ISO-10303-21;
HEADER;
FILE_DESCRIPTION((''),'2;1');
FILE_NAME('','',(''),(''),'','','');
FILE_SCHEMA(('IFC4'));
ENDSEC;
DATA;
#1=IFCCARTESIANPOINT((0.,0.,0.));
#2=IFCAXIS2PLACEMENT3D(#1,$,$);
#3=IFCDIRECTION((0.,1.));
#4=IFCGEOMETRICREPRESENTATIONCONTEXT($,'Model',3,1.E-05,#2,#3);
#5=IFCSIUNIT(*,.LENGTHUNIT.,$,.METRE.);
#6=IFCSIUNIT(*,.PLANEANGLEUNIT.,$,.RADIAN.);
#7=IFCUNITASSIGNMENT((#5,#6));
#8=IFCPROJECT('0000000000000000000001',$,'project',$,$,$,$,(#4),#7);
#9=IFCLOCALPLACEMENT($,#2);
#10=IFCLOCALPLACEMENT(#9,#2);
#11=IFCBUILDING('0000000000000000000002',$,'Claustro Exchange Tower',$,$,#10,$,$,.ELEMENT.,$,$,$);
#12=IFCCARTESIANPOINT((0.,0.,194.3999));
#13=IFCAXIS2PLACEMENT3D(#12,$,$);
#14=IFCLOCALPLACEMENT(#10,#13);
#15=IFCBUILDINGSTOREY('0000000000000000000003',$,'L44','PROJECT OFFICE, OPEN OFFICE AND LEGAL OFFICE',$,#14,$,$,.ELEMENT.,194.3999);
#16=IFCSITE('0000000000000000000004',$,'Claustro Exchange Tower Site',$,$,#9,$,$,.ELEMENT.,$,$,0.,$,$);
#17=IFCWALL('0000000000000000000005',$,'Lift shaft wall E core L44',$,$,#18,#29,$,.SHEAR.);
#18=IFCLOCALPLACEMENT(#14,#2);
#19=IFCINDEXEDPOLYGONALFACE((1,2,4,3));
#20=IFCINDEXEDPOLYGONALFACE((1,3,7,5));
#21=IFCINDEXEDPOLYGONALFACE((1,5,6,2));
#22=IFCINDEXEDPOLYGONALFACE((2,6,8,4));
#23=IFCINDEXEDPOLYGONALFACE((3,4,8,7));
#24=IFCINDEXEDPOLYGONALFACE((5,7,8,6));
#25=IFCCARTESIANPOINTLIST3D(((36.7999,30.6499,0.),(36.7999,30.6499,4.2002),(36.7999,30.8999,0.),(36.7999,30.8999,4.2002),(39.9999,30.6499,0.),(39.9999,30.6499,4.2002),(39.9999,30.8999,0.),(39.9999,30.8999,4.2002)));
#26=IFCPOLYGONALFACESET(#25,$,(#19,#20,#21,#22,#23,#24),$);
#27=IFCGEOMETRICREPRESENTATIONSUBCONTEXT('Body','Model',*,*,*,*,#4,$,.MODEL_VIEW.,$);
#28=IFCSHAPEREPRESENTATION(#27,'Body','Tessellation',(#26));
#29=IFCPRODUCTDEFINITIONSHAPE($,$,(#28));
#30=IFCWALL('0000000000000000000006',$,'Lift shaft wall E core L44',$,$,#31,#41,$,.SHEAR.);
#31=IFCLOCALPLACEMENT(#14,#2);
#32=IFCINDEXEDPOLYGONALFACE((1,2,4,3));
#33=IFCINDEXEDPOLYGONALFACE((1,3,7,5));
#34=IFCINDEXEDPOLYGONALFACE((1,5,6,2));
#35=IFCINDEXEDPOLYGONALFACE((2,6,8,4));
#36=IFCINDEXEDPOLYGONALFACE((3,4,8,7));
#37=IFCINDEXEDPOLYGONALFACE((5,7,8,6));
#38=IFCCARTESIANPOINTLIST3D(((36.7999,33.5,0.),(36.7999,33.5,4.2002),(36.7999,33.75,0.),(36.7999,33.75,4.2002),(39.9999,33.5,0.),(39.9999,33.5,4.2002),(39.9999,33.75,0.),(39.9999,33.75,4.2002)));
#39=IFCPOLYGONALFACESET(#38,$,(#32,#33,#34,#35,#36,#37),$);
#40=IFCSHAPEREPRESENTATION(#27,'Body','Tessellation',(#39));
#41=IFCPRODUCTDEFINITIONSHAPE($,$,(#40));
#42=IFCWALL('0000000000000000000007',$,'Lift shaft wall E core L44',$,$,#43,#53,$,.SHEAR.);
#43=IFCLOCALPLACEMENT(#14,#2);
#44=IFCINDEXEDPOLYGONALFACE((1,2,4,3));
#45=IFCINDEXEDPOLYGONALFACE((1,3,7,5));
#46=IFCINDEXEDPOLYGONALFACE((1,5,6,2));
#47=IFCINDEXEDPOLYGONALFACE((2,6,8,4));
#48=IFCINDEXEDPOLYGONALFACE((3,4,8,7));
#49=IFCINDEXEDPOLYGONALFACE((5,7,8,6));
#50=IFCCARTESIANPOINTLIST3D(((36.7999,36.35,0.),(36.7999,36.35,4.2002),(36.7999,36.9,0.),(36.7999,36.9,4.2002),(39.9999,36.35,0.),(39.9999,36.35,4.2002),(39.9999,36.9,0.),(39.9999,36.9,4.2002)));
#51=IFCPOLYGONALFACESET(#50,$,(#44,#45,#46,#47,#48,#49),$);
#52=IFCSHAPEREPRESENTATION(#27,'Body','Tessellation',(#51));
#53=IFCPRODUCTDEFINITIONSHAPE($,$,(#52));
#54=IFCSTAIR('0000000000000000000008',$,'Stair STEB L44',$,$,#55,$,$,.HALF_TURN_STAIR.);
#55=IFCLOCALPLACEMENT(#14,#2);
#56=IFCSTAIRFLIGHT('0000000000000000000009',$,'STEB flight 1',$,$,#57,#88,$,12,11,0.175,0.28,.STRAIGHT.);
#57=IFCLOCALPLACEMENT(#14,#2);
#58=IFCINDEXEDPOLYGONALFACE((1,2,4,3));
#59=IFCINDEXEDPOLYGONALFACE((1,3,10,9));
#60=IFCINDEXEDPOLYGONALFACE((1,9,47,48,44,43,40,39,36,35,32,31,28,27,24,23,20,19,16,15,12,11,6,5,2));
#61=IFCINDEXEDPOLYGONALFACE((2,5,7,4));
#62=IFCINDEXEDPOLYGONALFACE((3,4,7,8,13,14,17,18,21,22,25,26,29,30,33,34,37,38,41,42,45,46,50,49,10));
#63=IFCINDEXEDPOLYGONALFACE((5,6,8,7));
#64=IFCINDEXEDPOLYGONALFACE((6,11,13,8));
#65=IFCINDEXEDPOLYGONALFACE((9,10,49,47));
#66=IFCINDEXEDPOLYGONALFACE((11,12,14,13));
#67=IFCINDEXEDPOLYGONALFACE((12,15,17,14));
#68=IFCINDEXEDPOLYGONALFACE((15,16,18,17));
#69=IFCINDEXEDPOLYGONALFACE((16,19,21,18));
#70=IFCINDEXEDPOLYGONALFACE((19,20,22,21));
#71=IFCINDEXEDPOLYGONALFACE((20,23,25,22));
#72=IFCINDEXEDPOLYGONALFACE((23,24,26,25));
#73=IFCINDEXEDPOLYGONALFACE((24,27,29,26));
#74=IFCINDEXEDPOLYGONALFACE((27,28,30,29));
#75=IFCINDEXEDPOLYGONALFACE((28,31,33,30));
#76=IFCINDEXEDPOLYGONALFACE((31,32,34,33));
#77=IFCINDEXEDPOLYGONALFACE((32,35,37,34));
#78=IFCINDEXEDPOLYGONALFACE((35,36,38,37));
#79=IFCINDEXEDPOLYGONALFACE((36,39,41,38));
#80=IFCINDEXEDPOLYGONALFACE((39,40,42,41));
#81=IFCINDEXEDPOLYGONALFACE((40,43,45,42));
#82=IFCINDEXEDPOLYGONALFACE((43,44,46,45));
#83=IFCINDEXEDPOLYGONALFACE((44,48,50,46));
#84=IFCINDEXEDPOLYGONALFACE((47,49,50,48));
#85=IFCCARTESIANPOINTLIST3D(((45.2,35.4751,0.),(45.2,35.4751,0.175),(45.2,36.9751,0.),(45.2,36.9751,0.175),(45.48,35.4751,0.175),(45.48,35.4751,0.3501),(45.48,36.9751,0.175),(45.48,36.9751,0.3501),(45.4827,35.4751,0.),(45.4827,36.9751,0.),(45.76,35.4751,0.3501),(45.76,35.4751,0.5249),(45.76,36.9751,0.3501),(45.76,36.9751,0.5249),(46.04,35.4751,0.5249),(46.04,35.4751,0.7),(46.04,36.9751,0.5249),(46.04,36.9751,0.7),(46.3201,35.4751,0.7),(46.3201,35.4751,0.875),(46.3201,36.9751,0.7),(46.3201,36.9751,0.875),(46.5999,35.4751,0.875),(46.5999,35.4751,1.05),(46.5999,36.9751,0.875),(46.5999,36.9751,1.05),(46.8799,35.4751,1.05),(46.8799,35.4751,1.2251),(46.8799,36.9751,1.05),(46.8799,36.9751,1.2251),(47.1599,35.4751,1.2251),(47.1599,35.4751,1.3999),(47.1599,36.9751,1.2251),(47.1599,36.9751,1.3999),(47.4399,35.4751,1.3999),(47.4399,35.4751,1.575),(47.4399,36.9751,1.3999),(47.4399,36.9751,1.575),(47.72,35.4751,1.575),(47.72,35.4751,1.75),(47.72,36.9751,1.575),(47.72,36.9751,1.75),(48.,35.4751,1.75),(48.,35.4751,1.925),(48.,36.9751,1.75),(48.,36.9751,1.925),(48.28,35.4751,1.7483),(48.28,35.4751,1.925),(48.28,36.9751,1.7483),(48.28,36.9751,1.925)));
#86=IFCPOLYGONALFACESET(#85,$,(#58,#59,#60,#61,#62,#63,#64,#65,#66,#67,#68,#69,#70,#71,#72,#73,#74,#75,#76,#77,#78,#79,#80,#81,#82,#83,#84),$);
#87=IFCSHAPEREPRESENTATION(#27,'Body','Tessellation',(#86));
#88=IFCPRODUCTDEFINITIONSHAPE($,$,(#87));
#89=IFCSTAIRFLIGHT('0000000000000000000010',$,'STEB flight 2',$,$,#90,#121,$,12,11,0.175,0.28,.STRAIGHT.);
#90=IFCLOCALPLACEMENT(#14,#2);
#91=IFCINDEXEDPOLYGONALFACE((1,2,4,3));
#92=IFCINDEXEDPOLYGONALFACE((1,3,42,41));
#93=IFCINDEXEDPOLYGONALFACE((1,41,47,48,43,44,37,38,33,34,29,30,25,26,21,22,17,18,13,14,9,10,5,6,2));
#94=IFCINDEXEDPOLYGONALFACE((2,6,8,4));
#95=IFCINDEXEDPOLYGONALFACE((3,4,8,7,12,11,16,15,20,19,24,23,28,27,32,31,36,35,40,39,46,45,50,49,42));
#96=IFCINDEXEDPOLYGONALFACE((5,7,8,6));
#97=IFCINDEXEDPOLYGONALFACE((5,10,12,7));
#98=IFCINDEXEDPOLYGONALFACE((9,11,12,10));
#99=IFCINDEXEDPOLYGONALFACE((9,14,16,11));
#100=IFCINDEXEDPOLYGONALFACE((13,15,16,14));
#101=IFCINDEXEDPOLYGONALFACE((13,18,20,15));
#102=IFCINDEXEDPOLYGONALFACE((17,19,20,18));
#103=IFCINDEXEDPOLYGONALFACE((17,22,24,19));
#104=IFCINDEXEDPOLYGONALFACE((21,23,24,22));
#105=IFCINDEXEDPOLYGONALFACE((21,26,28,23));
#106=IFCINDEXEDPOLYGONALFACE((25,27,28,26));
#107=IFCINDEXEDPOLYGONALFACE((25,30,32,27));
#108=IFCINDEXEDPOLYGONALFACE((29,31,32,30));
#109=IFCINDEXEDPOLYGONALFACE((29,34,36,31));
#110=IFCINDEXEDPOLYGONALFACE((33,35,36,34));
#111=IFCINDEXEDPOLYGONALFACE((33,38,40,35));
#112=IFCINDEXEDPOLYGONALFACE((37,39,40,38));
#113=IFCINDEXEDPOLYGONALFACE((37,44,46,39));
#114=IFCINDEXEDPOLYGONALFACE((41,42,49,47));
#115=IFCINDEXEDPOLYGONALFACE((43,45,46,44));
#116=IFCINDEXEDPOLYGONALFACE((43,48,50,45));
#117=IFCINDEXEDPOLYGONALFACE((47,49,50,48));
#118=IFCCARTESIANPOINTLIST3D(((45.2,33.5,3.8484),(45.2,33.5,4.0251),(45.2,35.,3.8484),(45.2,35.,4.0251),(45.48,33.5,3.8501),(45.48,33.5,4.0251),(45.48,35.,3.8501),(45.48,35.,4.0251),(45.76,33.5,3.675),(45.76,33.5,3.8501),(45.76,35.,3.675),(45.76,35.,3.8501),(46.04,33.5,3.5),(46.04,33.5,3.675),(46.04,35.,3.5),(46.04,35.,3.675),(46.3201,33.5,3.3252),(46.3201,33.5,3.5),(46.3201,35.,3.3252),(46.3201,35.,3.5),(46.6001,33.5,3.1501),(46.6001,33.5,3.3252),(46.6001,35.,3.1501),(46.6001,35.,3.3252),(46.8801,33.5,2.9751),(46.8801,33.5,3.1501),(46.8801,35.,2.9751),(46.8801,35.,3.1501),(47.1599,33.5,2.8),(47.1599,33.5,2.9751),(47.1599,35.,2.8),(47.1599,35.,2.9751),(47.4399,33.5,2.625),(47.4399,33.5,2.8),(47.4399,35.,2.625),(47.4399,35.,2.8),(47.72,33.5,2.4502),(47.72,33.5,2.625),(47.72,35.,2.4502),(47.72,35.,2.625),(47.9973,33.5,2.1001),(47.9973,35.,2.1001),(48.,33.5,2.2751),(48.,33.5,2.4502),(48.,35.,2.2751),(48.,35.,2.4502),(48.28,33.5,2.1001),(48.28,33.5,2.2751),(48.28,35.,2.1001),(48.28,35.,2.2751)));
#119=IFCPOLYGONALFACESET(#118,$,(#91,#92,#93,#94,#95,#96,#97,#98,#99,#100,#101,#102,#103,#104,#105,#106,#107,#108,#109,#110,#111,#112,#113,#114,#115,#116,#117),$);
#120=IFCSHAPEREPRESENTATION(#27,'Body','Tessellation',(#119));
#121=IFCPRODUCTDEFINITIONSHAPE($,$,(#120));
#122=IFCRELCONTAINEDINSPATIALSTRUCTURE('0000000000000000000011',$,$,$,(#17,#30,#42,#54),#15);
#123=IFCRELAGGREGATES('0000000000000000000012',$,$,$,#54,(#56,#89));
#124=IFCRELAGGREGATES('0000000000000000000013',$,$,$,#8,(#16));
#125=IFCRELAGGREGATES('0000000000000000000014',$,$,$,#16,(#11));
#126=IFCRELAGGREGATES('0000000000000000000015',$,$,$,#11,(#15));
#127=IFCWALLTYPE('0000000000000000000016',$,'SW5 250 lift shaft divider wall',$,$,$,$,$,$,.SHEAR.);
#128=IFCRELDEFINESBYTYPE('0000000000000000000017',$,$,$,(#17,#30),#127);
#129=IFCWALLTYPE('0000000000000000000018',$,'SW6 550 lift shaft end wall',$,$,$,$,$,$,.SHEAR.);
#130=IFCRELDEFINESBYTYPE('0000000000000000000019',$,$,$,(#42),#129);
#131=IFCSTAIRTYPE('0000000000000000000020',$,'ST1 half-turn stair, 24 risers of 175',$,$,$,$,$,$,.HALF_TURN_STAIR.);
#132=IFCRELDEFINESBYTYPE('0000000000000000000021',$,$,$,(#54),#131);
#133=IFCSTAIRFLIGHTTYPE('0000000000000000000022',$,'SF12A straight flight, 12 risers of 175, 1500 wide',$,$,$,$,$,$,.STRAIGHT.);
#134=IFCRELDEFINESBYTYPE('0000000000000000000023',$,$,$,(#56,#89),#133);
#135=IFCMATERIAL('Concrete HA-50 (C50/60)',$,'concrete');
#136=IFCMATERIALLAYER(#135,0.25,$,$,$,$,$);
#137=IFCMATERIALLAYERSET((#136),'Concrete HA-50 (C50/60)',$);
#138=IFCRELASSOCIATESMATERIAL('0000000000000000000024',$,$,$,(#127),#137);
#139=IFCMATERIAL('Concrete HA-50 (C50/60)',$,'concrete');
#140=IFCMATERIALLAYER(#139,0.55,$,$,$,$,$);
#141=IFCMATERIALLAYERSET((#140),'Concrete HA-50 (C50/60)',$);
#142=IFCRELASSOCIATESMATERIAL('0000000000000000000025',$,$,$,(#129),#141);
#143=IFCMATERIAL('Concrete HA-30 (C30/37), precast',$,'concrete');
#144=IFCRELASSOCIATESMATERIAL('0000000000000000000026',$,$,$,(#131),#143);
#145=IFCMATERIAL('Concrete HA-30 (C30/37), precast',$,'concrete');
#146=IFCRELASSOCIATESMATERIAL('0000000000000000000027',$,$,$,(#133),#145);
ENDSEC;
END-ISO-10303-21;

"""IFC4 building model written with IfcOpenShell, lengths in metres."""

from ifc_helpers import new_model, si_unit, direction, frame, frame_2d, origin, place, context, subcontext, project, spatial, polyline, rectangle, outline, extrude, material, layer, layer_set, type_object, element, aggregate, save


model = new_model("IFC4")

# Units and contexts
model_context = context("Model", 3, precision=1e-05, world=origin(), true_north=direction((0.0, 1.0)))
body_context = subcontext(model_context, "Body", "Model", "MODEL_VIEW")
ifc_project = project(units=[si_unit("LENGTHUNIT", "METRE"), si_unit("PLANEANGLEUNIT", "RADIAN")], contexts=[model_context])

# Site, building, storey
site_placement = place(None, origin())
site = spatial("IfcSite", under=ifc_project, at=site_placement, Name="Claustro Exchange Tower Site", CompositionType="ELEMENT", RefElevation=0.0)
building_placement = place(site_placement, origin())
building = spatial("IfcBuilding", under=site, at=building_placement, Name="Claustro Exchange Tower", CompositionType="ELEMENT")
storey_placement = place(building_placement, frame((0.0, 0.0, 194.3999)))
storey = spatial("IfcBuildingStorey", under=building, at=storey_placement, Name="L44", Description="PROJECT OFFICE, OPEN OFFICE AND LEGAL OFFICE", CompositionType="ELEMENT", Elevation=194.3999)

# Walls
ifc_material_1 = material(Name="Concrete HA-50 (C50/60)", Category="concrete")
ifc_layer_1 = layer(ifc_material_1, 0.25)
ifc_layer_set_1 = layer_set([ifc_layer_1], Name="Concrete HA-50 (C50/60)")
wall_type_1 = type_object("IfcWallType", Name="SW5 250 lift shaft divider wall", PredefinedType="SHEAR", material=ifc_layer_set_1)
for number, where, z_axis, x_axis, name in (
    (1, (40.0, 30.7749, 0.0), (0.0, 0.0, 1.0), (-1.0, 0.0, 0.0), "Lift shaft wall E core L44"),
    (2, (40.0, 33.625, 0.0), (0.0, 0.0, 1.0), (-1.0, 0.0, 0.0), "Lift shaft wall E core L44"),
):
    element("IfcWall", number, at=place(storey_placement, frame(where, z_axis=z_axis, x_axis=x_axis)), inside=storey, type_object=wall_type_1, Name=name, PredefinedType="SHEAR", context=body_context, shape_type="SweptSolid", body=[
        extrude(rectangle(XDim=3.2, YDim=0.25, at=frame_2d((1.6001, 0.0))), origin(), (0.0, 0.0, 1.0), 4.2002),
    ])
ifc_material_2 = material(Name="Concrete HA-50 (C50/60)", Category="concrete")
ifc_layer_2 = layer(ifc_material_2, 0.55)
ifc_layer_set_2 = layer_set([ifc_layer_2], Name="Concrete HA-50 (C50/60)")
wall_type_2 = type_object("IfcWallType", Name="SW6 550 lift shaft end wall", PredefinedType="SHEAR", material=ifc_layer_set_2)
wall_1_placement = place(storey_placement, frame((40.0, 36.625, 0.0), z_axis=(0.0, 0.0, 1.0), x_axis=(-1.0, 0.0, 0.0)))
element("IfcWall", 3, at=wall_1_placement, inside=storey, type_object=wall_type_2, Name="Lift shaft wall E core L44", PredefinedType="SHEAR", context=body_context, shape_type="SweptSolid", body=[
    extrude(rectangle(XDim=3.2, YDim=0.55, at=frame_2d((1.6001, 0.0))), origin(), (0.0, 0.0, 1.0), 4.2002),
])

# Stair, stair flights
ifc_material_3 = material(Name="Concrete HA-30 (C30/37), precast", Category="concrete")
stair_type = type_object("IfcStairType", Name="ST1 half-turn stair, 24 risers of 175", PredefinedType="HALF_TURN_STAIR", material=ifc_material_3)
stair_placement = place(storey_placement, origin())
stair = element("IfcStair", 4, at=stair_placement, inside=storey, type_object=stair_type, Name="Stair STEB L44", PredefinedType="HALF_TURN_STAIR")
ifc_material_4 = material(Name="Concrete HA-30 (C30/37), precast", Category="concrete")
stair_flight_type = type_object("IfcStairFlightType", Name="SF12A straight flight, 12 risers of 175, 1500 wide", PredefinedType="STRAIGHT", material=ifc_material_4)
stair_flight_1_placement = place(storey_placement, frame((45.2, 36.2251, 0.0), z_axis=(0.0, 0.0, 1.0), x_axis=(1.0, 0.0, 0.0)))
stair_flight_1 = element("IfcStairFlight", 5, at=stair_flight_1_placement, type_object=stair_flight_type, Name="STEB flight 1", NumberOfRisers=12, NumberOfTreads=11, PredefinedType="STRAIGHT", RiserHeight=0.175, TreadLength=0.28, context=body_context, shape_type="SweptSolid", body=[
    extrude(outline(polyline([(0.0, 0.0), (0.0, 0.175), (0.28, 0.175), (0.28, 0.3501), (0.5601, 0.3501), (0.5601, 0.5249), (0.8401, 0.5249), (0.8401, 0.7), (1.1201, 0.7), (1.1201, 0.875), (1.3999, 0.875), (1.3999, 1.05), (1.6799, 1.05), (1.6799, 1.2251), (1.96, 1.2251), (1.96, 1.3999), (2.24, 1.3999), (2.24, 1.575), (2.52, 1.575), (2.52, 1.75), (2.8, 1.75), (2.8, 1.925), (3.0801, 1.925), (3.0801, 2.1001), (3.0801, 1.7483), (0.2827, 0.0), (0.0, 0.0)])), frame((0.0, 0.75, 0.0), z_axis=(0.0, -1.0, 0.0), x_axis=(1.0, 0.0, 0.0)), (0.0, 0.0, 1.0), 1.5),
])
stair_flight_2_placement = place(storey_placement, frame((48.28, 34.25, 2.1001), z_axis=(0.0, 0.0, 1.0), x_axis=(-1.0, 0.0, 0.0)))
stair_flight_2 = element("IfcStairFlight", 6, at=stair_flight_2_placement, type_object=stair_flight_type, Name="STEB flight 2", NumberOfRisers=12, NumberOfTreads=11, PredefinedType="STRAIGHT", RiserHeight=0.175, TreadLength=0.28, context=body_context, shape_type="SweptSolid", body=[
    extrude(outline(polyline([(0.0, 0.0), (0.0, 0.175), (0.28, 0.175), (0.28, 0.3501), (0.5601, 0.3501), (0.5601, 0.5249), (0.8401, 0.5249), (0.8401, 0.7), (1.1201, 0.7), (1.1201, 0.875), (1.3999, 0.875), (1.3999, 1.05), (1.6799, 1.05), (1.6799, 1.2251), (1.96, 1.2251), (1.96, 1.3999), (2.24, 1.3999), (2.24, 1.575), (2.52, 1.575), (2.52, 1.75), (2.8, 1.75), (2.8, 1.925), (3.0801, 1.925), (3.0801, 2.1001), (3.0801, 1.7483), (0.2827, 0.0), (0.0, 0.0)])), frame((0.0, 0.75, 0.0), z_axis=(0.0, -1.0, 0.0), x_axis=(1.0, 0.0, 0.0)), (0.0, 0.0, 1.0), 1.5),
])
aggregate(stair, [stair_flight_1, stair_flight_2])

save(model, "model.ifc")
